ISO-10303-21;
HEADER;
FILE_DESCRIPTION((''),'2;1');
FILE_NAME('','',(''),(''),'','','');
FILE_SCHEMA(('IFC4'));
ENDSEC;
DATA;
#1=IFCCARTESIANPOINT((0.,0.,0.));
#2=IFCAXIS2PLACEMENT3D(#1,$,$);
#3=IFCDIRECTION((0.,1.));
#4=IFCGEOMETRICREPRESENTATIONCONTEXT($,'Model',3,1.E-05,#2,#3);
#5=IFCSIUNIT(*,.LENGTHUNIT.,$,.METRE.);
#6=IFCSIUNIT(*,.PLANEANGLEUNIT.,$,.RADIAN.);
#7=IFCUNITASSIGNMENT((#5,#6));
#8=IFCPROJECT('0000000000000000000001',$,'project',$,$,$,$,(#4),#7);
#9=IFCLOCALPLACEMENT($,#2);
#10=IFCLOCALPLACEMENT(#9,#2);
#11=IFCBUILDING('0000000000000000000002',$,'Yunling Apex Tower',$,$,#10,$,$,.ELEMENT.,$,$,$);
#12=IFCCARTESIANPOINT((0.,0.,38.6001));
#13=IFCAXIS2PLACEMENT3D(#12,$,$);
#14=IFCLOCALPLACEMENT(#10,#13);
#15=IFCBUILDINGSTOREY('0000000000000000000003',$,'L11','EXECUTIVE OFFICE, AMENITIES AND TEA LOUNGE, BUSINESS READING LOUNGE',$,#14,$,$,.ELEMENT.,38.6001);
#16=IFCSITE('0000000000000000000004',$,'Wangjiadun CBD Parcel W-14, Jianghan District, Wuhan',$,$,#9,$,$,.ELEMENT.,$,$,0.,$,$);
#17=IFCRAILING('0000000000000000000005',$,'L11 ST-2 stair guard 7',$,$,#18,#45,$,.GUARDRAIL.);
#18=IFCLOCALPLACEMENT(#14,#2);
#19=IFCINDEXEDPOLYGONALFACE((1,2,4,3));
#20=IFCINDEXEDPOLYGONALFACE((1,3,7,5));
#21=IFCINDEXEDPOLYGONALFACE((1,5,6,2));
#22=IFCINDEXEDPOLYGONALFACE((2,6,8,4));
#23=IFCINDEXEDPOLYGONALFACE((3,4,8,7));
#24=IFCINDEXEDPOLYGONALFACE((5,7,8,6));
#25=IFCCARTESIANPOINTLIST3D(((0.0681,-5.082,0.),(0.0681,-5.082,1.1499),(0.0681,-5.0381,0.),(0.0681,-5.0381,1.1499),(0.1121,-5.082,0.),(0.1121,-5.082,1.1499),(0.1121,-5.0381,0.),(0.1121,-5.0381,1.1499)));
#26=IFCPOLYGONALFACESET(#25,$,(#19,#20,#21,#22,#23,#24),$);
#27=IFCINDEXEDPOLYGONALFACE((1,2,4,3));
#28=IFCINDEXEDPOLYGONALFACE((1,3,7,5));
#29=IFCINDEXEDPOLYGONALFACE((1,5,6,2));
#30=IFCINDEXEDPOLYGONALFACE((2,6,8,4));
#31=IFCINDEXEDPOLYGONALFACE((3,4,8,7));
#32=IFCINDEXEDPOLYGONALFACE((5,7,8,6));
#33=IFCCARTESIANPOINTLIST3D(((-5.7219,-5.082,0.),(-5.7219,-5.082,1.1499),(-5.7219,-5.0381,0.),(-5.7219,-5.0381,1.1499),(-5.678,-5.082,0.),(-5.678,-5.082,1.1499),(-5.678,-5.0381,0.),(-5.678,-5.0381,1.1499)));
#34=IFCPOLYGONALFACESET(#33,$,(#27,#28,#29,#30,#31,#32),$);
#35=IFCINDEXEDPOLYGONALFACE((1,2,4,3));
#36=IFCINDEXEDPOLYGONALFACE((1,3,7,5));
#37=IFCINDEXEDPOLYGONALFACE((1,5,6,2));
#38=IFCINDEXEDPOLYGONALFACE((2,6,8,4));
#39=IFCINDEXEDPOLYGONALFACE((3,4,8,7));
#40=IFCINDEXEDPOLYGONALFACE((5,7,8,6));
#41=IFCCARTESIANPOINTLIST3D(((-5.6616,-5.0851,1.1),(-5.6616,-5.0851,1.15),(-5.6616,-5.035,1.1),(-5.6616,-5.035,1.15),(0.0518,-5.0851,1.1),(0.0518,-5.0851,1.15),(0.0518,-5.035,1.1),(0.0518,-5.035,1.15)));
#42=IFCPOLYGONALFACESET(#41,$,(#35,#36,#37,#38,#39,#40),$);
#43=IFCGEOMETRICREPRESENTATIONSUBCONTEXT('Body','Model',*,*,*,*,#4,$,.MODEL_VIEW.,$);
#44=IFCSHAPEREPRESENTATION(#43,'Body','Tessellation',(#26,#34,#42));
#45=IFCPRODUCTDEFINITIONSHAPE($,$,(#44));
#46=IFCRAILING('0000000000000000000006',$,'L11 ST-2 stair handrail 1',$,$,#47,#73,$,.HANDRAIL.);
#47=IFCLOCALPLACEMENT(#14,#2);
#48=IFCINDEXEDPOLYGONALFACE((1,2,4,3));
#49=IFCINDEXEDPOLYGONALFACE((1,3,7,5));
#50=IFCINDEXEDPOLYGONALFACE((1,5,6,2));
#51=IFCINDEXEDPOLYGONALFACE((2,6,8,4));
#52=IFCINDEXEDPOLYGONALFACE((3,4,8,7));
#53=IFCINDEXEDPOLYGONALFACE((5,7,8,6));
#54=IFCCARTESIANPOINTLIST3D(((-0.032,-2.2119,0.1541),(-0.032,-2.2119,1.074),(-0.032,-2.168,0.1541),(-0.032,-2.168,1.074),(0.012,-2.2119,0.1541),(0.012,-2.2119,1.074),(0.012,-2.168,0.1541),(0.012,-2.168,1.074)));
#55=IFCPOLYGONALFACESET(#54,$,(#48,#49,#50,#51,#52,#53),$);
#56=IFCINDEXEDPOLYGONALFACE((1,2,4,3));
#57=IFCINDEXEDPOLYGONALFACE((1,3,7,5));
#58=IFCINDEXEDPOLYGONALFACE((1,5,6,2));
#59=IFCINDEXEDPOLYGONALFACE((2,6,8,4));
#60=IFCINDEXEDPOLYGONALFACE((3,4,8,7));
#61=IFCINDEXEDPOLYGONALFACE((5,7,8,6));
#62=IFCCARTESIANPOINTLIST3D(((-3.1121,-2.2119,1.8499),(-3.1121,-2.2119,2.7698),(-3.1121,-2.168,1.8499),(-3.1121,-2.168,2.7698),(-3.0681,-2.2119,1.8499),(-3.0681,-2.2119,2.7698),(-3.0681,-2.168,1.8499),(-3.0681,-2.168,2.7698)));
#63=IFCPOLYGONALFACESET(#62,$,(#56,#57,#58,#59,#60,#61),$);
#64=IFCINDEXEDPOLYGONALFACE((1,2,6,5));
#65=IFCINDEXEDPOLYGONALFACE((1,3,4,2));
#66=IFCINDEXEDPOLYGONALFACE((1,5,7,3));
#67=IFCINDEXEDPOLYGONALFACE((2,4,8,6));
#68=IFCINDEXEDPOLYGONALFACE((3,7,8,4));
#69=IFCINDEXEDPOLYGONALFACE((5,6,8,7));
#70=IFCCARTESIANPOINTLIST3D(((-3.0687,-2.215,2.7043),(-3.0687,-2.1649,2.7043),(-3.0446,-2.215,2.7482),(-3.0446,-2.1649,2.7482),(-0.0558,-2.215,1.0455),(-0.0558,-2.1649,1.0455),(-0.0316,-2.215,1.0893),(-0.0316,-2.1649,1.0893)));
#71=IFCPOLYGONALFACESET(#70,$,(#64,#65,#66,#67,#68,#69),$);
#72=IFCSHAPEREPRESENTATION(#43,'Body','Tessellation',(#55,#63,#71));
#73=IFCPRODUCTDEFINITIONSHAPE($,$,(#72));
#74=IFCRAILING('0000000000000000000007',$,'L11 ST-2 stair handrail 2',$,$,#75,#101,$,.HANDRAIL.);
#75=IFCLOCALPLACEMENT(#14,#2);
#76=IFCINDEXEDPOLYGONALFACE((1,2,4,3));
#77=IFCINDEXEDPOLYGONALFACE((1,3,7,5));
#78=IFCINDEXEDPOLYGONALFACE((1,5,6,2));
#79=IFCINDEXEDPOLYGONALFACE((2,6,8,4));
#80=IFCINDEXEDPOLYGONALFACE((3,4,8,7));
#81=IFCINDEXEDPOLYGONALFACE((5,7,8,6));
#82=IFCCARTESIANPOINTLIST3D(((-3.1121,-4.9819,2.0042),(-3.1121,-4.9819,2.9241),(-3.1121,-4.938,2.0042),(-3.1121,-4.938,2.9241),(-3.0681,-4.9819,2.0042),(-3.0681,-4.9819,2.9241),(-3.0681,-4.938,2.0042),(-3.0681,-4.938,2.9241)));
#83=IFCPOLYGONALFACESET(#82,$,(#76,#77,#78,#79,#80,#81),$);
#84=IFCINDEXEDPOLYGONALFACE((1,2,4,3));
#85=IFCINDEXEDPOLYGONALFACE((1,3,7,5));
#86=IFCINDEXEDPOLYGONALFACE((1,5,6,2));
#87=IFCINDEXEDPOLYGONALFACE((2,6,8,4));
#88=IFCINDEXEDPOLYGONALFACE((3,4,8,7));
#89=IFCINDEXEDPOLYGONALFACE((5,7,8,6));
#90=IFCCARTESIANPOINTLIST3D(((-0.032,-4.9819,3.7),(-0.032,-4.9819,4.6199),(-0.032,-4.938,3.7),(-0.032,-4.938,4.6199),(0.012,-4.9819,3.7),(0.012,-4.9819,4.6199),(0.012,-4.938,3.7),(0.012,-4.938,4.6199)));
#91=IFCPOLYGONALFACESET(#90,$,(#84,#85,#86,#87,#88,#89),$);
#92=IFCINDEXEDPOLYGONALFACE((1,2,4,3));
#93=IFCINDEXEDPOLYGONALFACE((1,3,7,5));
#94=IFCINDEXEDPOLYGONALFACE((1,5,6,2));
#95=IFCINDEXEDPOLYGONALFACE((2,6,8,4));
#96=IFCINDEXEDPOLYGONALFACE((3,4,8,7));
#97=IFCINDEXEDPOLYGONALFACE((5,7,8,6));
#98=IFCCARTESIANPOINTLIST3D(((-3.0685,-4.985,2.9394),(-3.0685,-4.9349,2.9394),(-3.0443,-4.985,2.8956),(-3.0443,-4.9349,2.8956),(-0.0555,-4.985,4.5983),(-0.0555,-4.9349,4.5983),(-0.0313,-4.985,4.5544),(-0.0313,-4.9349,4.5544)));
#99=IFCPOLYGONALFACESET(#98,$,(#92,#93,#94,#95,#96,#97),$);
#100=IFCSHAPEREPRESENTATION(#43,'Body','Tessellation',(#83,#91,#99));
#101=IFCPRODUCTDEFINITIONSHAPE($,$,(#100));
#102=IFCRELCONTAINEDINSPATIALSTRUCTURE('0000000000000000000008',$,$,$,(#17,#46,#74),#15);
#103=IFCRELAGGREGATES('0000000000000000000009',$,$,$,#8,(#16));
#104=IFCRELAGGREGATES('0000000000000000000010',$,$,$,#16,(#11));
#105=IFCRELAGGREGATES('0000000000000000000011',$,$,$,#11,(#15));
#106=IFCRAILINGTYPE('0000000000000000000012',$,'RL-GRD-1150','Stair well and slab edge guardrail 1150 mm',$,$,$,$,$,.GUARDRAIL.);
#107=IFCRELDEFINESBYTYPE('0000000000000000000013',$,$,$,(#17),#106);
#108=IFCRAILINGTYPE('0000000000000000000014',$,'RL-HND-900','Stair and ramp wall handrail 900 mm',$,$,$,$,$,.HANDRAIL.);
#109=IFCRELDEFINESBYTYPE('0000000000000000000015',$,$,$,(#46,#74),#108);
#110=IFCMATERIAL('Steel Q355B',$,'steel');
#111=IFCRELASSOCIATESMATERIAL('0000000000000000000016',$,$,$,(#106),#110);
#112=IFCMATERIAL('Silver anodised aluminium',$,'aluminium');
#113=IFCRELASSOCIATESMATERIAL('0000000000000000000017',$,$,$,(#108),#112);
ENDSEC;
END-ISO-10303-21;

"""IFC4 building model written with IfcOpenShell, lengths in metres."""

from ifc_helpers import new_model, si_unit, direction, frame, origin, origin_2d, place, context, subcontext, project, spatial, rectangle, extrude, material, type_object, element, save


model = new_model("IFC4")

# Units and contexts
model_context = context("Model", 3, precision=1e-05, world=origin(), true_north=direction((0.0, 1.0)))
body_context = subcontext(model_context, "Body", "Model", "MODEL_VIEW")
ifc_project = project(units=[si_unit("LENGTHUNIT", "METRE"), si_unit("PLANEANGLEUNIT", "RADIAN")], contexts=[model_context])

# Site, building, storey
site_placement = place(None, origin())
site = spatial("IfcSite", under=ifc_project, at=site_placement, Name="Wangjiadun CBD Parcel W-14, Jianghan District, Wuhan", CompositionType="ELEMENT", RefElevation=0.0)
building_placement = place(site_placement, origin())
building = spatial("IfcBuilding", under=site, at=building_placement, Name="Yunling Apex Tower", CompositionType="ELEMENT")
storey_placement = place(building_placement, frame((0.0, 0.0, 38.6001)))
storey = spatial("IfcBuildingStorey", under=building, at=storey_placement, Name="L11", Description="EXECUTIVE OFFICE, AMENITIES AND TEA LOUNGE, BUSINESS READING LOUNGE", CompositionType="ELEMENT", Elevation=38.6001)

# Shared definitions
ifc_material_1 = material(Name="Steel Q355B", Category="steel")

# Railings
railing_type_1 = type_object("IfcRailingType", Name="RL-GRD-1150", Description="Stair well and slab edge guardrail 1150 mm", PredefinedType="GUARDRAIL", material=ifc_material_1)
railing_1_placement = place(storey_placement, frame((0.0901, -5.0601, 0.0)))
element("IfcRailing", 1, at=railing_1_placement, inside=storey, type_object=railing_type_1, Name="L11 ST-2 stair guard 7", PredefinedType="GUARDRAIL", context=body_context, shape_type="SweptSolid", body=[
    extrude(rectangle(XDim=0.0439, YDim=0.0439, at=origin_2d()), origin(), (0.0, 0.0, 1.0), 1.1499),
    extrude(rectangle(XDim=0.0439, YDim=0.0439, at=origin_2d()), frame((-5.79, 0.0, 0.0)), (0.0, 0.0, 1.0), 1.1499),
    extrude(rectangle(XDim=0.05, YDim=0.05, at=origin_2d()), frame((-0.0383, 0.0, 1.125), z_axis=(-1.0, 0.0, 0.0), x_axis=(0.0, -1.0, 0.0)), (0.0, 0.0, 1.0), 5.7134),
])
ifc_material_2 = material(Name="Silver anodised aluminium", Category="aluminium")
railing_type_2 = type_object("IfcRailingType", Name="RL-HND-900", Description="Stair and ramp wall handrail 900 mm", PredefinedType="HANDRAIL", material=ifc_material_2)
railing_2_placement = place(storey_placement, frame((-0.01, -2.1899, 0.1541)))
element("IfcRailing", 2, at=railing_2_placement, inside=storey, type_object=railing_type_2, Name="L11 ST-2 stair handrail 1", PredefinedType="HANDRAIL", context=body_context, shape_type="SweptSolid", body=[
    extrude(rectangle(XDim=0.0439, YDim=0.0439, at=origin_2d()), origin(), (0.0, 0.0, 1.0), 0.9199),
    extrude(rectangle(XDim=0.0439, YDim=0.0439, at=origin_2d()), frame((-3.0801, 0.0, 1.6958)), (0.0, 0.0, 1.0), 0.9199),
    extrude(rectangle(XDim=0.05, YDim=0.05, at=origin_2d()), frame((-0.0337, 0.0, 0.9133), z_axis=(-0.876005, 0.0, 0.482303), x_axis=(0.0, -1.0, 0.0)), (0.0, 0.0, 1.0), 3.4395),
])
railing_3_placement = place(storey_placement, frame((-3.0901, -4.96, 2.0042)))
element("IfcRailing", 3, at=railing_3_placement, inside=storey, type_object=railing_type_2, Name="L11 ST-2 stair handrail 2", PredefinedType="HANDRAIL", context=body_context, shape_type="SweptSolid", body=[
    extrude(rectangle(XDim=0.0439, YDim=0.0439, at=origin_2d()), origin(), (0.0, 0.0, 1.0), 0.9199),
    extrude(rectangle(XDim=0.0439, YDim=0.0439, at=origin_2d()), frame((3.0801, 0.0, 1.6958)), (0.0, 0.0, 1.0), 0.9199),
    extrude(rectangle(XDim=0.05, YDim=0.05, at=origin_2d()), frame((0.0337, 0.0, 0.9133), z_axis=(0.876005, 0.0, 0.482303), x_axis=(0.0, 1.0, 0.0)), (0.0, 0.0, 1.0), 3.4395),
])

save(model, "model.ifc")
